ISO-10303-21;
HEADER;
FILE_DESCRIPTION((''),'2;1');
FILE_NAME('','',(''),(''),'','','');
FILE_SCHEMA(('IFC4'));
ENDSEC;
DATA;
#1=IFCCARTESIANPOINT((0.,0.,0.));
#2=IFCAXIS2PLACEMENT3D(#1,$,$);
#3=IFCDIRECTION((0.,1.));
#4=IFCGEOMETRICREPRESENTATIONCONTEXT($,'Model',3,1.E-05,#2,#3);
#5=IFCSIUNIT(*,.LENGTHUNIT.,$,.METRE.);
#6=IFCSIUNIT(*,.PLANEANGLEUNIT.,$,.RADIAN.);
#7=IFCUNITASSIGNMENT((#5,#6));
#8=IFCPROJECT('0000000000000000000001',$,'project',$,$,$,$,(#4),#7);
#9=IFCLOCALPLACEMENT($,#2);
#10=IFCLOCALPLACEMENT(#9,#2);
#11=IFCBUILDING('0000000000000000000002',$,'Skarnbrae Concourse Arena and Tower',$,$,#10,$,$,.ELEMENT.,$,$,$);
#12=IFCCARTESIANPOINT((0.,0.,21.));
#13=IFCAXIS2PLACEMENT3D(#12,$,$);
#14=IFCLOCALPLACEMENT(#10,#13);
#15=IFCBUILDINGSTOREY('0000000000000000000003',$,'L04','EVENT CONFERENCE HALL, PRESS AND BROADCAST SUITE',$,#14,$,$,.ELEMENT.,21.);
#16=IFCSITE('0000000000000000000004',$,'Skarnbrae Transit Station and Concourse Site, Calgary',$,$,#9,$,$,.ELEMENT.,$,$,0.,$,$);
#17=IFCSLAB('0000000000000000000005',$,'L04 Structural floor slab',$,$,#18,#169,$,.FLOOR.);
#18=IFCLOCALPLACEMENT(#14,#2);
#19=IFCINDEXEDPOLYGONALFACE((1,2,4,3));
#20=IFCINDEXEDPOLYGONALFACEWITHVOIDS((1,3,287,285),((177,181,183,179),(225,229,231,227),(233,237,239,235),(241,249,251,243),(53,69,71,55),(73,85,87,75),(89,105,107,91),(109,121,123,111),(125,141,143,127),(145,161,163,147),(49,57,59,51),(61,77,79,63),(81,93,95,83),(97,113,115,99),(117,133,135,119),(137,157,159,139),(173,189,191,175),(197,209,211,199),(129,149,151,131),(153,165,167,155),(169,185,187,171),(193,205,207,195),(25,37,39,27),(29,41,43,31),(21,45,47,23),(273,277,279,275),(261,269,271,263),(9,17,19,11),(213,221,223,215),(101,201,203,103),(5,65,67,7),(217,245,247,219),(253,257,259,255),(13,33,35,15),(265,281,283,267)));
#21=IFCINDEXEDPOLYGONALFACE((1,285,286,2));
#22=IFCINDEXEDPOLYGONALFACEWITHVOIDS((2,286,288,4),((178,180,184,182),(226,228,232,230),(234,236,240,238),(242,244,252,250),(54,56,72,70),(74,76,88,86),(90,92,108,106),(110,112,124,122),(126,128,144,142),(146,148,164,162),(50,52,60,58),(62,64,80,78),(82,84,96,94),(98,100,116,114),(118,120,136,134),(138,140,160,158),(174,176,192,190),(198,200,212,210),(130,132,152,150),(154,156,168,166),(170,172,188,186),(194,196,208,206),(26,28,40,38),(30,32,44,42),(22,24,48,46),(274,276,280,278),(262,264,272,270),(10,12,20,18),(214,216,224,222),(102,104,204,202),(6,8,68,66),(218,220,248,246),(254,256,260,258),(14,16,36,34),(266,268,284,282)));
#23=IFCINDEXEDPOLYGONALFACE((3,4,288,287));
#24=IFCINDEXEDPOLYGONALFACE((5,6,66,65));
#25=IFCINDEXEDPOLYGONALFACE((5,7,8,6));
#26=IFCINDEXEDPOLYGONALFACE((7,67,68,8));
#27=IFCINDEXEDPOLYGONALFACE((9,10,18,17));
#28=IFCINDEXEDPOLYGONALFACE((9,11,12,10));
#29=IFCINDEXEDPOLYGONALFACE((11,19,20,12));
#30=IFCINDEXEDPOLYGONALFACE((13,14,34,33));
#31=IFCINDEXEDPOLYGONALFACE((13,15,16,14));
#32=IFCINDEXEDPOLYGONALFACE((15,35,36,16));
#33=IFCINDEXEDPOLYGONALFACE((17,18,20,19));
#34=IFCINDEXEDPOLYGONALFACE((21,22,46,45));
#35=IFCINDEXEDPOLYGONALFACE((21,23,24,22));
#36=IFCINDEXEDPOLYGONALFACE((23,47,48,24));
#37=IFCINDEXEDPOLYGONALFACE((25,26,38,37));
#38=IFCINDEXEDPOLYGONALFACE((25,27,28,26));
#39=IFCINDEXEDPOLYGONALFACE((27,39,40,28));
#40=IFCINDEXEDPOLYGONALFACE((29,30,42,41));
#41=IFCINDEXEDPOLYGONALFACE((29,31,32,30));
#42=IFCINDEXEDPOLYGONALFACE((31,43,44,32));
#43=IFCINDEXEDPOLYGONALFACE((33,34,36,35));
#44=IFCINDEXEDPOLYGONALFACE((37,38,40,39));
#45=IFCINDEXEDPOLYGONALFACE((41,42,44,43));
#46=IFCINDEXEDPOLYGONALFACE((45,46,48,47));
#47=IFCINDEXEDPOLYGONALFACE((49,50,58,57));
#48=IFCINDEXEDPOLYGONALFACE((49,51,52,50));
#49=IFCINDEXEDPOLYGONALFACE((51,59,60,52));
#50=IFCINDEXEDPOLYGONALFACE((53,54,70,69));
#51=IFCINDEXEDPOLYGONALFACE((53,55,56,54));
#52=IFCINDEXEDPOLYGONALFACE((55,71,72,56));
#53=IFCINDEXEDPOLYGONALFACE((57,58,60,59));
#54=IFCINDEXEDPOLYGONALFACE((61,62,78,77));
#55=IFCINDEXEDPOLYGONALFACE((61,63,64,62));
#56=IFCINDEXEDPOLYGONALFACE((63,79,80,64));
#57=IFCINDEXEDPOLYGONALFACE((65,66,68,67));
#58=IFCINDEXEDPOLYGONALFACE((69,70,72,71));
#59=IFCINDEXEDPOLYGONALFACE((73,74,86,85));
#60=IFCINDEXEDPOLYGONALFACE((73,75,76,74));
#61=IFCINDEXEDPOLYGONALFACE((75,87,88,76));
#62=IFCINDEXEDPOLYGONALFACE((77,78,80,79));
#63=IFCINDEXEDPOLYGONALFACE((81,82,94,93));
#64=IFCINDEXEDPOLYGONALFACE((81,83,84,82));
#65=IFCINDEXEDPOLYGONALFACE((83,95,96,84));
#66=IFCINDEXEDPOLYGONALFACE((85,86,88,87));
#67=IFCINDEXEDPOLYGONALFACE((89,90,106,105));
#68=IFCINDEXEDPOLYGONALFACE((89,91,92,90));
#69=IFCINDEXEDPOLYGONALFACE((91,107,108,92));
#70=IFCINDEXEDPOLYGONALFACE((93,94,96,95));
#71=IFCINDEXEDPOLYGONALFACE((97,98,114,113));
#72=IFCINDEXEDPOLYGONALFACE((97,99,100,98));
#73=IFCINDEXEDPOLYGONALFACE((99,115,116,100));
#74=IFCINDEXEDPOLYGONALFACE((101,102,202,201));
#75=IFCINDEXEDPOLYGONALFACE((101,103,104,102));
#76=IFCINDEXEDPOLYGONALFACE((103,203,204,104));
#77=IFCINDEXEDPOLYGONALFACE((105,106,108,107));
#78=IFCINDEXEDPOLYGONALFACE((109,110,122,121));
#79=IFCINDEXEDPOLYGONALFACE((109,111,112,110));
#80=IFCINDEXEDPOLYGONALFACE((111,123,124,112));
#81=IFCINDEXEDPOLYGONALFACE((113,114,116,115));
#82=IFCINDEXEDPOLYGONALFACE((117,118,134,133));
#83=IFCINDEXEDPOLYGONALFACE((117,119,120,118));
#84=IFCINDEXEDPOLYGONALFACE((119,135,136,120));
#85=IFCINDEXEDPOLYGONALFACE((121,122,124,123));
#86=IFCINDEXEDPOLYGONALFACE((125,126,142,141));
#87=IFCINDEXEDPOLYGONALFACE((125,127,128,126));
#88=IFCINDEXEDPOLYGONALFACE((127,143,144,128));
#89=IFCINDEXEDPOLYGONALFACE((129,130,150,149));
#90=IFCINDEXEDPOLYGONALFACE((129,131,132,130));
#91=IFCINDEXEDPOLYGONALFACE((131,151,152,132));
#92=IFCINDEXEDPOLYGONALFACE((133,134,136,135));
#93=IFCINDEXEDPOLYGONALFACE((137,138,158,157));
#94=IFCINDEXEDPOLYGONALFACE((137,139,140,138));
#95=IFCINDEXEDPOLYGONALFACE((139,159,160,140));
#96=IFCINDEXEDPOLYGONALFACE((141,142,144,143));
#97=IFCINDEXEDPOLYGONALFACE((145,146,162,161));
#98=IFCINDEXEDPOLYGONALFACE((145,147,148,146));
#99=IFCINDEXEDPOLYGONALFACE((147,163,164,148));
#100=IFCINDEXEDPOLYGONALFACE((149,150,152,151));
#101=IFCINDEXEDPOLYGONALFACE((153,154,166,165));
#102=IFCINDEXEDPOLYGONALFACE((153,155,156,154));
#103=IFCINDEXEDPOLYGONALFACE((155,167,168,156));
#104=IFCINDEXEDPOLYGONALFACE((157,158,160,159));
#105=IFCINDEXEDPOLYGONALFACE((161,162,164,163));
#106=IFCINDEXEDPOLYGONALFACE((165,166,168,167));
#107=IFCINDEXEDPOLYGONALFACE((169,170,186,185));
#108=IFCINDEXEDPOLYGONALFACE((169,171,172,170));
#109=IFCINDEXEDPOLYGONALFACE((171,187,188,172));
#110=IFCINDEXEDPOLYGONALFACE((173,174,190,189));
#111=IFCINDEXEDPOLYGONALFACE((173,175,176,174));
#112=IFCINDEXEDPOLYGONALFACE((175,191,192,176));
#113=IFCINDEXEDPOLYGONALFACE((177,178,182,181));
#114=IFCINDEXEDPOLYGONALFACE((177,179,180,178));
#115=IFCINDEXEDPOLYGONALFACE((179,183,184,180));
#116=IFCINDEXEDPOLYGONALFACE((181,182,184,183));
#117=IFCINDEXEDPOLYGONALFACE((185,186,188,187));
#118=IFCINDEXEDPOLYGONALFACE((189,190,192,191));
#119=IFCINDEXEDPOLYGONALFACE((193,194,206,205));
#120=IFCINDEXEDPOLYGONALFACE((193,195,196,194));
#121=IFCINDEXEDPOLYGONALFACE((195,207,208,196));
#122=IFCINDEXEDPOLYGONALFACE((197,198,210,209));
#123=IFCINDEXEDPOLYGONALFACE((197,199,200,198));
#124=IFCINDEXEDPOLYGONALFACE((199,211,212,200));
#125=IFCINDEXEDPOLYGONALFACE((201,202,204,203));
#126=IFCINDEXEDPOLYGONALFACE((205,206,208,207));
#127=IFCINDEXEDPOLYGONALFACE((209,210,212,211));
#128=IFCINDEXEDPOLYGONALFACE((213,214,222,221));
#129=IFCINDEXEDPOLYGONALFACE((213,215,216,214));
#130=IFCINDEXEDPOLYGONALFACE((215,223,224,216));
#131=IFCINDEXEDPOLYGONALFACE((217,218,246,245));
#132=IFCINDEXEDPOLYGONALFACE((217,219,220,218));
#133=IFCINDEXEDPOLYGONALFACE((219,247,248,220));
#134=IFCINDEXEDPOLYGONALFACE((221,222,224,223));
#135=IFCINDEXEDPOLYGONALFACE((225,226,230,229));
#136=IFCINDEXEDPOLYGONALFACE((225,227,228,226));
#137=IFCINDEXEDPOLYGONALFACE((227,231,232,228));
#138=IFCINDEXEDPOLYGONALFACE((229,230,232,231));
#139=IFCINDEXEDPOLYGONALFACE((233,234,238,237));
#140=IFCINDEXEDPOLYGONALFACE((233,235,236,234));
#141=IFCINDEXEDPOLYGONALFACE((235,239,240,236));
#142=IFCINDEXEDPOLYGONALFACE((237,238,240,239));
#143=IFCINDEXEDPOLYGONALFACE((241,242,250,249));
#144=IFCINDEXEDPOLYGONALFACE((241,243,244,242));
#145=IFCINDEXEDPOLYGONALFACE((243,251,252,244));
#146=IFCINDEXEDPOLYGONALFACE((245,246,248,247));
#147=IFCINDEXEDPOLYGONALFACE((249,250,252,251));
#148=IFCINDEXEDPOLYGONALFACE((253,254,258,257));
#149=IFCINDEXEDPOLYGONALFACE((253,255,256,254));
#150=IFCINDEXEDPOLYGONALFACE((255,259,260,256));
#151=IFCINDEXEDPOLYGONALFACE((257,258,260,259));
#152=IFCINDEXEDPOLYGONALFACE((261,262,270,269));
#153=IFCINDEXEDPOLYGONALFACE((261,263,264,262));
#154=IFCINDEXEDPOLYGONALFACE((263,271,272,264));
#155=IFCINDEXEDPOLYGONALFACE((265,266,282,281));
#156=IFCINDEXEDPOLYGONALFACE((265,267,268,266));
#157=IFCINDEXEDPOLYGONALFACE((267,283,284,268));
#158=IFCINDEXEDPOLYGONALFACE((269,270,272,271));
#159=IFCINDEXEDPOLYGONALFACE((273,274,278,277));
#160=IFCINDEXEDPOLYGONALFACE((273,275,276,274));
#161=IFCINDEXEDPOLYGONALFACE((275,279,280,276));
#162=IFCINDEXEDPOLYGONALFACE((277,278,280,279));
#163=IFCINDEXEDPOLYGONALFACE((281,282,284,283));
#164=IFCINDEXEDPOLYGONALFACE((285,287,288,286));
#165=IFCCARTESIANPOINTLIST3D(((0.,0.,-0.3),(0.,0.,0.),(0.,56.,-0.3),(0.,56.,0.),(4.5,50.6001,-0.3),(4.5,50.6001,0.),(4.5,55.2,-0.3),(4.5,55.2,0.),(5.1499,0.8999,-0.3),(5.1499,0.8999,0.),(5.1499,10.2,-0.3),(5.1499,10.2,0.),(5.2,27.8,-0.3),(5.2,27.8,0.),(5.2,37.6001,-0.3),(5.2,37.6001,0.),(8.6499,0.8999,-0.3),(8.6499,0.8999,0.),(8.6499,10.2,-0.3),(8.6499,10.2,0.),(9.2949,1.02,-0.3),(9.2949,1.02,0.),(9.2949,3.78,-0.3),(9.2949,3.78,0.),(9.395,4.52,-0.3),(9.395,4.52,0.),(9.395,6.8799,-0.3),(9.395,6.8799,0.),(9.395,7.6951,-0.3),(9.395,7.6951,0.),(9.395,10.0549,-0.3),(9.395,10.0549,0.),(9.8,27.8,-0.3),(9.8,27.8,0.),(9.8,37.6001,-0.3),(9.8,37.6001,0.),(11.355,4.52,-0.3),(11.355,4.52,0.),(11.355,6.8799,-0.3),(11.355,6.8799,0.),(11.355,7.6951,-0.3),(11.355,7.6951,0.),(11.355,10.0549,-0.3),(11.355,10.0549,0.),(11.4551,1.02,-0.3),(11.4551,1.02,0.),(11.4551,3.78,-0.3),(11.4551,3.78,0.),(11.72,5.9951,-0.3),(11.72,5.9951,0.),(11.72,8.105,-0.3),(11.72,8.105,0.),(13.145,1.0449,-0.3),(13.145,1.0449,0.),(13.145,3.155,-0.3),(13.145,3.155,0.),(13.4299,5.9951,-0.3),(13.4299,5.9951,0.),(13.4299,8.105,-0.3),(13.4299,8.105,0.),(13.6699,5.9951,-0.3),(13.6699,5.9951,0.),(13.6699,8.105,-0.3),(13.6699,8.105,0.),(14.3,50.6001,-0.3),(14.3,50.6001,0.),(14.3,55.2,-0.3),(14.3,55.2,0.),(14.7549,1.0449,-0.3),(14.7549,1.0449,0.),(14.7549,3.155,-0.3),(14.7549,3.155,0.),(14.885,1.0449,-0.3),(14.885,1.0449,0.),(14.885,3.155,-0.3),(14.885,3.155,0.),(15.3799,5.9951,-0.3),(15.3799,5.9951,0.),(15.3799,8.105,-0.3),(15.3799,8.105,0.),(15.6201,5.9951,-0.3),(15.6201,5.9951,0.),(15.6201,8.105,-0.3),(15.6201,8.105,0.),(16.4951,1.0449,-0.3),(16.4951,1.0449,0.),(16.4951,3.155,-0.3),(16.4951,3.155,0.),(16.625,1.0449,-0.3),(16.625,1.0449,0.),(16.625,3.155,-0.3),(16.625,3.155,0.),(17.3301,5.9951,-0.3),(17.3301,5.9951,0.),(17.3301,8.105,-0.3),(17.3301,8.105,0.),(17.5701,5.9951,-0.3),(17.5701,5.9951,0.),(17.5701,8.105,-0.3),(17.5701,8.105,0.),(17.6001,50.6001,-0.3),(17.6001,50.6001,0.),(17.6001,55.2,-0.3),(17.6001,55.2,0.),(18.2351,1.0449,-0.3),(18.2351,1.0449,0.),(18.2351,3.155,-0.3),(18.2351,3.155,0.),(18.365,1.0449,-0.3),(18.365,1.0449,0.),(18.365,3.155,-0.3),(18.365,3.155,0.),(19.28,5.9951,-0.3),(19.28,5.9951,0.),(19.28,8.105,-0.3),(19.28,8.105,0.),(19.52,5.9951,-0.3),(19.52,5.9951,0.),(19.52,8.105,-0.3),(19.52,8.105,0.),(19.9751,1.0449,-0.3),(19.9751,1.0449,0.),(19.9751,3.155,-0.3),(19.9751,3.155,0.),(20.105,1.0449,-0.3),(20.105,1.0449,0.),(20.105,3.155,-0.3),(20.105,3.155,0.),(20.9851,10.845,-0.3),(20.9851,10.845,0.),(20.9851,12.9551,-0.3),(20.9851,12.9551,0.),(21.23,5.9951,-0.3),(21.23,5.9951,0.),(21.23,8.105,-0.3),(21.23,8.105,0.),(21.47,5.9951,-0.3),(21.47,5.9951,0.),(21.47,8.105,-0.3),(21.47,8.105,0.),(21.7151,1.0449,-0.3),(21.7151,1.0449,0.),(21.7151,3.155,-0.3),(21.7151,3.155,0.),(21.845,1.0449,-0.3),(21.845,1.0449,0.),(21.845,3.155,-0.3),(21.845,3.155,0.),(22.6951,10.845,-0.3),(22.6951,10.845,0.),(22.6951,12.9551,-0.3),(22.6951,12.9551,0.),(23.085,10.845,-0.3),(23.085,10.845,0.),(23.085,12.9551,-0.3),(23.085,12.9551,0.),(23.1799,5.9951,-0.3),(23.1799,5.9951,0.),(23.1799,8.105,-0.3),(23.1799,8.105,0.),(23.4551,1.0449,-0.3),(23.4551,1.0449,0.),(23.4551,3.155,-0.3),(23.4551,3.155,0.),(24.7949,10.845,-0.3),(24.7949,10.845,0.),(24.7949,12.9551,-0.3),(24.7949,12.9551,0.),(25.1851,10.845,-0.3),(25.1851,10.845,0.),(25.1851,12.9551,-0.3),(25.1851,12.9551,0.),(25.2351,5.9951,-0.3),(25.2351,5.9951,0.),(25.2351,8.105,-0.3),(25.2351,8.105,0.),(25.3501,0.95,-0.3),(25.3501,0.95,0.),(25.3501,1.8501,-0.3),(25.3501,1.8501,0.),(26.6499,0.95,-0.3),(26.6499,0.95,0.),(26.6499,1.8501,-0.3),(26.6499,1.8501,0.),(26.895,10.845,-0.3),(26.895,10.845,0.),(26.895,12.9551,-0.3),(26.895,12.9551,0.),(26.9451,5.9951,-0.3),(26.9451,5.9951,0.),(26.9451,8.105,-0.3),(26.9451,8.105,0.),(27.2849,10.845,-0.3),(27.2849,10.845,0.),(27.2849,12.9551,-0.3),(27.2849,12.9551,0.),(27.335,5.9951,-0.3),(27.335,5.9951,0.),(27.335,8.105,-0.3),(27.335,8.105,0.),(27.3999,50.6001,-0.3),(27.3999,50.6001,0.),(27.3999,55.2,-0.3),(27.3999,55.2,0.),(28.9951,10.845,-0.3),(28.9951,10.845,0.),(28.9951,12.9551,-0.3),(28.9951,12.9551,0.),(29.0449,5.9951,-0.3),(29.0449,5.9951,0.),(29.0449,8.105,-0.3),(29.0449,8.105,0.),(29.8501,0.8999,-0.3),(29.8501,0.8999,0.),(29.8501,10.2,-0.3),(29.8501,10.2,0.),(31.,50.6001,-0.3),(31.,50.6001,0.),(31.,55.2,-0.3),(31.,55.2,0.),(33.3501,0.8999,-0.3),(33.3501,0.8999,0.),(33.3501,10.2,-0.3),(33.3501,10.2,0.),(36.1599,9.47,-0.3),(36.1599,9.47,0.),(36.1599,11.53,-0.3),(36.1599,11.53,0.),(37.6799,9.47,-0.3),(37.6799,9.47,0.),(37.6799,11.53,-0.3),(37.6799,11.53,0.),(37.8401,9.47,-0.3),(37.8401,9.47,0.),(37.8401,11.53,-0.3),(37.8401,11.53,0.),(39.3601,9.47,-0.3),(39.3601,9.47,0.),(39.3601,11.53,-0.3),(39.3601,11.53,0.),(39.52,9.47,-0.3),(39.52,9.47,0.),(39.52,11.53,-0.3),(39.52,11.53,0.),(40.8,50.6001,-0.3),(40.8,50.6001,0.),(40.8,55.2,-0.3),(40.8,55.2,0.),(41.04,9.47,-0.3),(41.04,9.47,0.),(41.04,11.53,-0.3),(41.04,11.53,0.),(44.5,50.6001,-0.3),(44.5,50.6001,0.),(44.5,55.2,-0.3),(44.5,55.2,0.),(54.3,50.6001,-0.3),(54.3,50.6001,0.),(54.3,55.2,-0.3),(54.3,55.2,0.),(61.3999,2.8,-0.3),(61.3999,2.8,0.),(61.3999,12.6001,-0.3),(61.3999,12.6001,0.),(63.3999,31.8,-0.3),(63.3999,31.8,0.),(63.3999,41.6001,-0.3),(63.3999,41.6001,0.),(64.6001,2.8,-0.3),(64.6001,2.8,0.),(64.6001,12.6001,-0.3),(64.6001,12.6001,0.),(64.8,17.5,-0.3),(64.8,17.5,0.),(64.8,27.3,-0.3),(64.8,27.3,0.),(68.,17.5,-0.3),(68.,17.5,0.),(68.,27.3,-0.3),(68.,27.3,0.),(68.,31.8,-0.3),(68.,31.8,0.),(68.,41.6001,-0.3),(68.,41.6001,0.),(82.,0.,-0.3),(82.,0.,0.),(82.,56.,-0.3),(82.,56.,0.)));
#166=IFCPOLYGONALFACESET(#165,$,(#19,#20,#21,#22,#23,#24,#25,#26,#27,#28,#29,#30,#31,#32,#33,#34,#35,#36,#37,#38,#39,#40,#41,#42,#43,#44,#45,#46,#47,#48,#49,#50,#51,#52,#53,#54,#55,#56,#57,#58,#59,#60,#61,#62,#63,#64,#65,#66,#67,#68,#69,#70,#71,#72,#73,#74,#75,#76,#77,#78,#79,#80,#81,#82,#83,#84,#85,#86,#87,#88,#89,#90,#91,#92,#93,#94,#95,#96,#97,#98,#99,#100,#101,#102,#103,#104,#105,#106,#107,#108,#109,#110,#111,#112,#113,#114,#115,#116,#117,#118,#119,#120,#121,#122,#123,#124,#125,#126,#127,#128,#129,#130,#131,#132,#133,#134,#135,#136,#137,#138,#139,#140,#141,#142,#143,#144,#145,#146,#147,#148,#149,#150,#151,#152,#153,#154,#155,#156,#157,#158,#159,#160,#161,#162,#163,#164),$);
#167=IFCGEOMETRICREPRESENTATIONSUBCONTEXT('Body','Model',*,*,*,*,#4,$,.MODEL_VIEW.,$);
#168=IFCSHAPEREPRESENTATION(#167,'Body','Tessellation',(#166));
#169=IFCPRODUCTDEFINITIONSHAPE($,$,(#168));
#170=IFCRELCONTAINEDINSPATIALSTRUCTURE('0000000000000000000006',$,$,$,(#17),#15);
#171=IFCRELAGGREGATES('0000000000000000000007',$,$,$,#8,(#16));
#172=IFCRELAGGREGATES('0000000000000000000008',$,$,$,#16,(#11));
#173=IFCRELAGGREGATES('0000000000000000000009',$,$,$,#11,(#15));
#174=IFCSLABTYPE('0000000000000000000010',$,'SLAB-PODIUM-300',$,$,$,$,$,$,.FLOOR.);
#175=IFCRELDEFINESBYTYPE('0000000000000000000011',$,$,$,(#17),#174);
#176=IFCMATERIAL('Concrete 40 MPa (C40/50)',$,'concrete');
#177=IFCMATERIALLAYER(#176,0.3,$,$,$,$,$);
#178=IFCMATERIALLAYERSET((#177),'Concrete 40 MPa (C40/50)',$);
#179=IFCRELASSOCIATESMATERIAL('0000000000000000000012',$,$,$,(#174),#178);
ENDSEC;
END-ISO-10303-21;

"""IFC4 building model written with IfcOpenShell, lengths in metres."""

from ifc_helpers import new_model, si_unit, direction, frame, origin, place, context, subcontext, project, spatial, polyline, outline, extrude, material, layer, layer_set, type_object, element, save


model = new_model("IFC4")

# Units and contexts
model_context = context("Model", 3, precision=1e-05, world=origin(), true_north=direction((0.0, 1.0)))
body_context = subcontext(model_context, "Body", "Model", "MODEL_VIEW")
ifc_project = project(units=[si_unit("LENGTHUNIT", "METRE"), si_unit("PLANEANGLEUNIT", "RADIAN")], contexts=[model_context])

# Site, building, storey
site_placement = place(None, origin())
site = spatial("IfcSite", under=ifc_project, at=site_placement, Name="Skarnbrae Transit Station and Concourse Site, Calgary", CompositionType="ELEMENT", RefElevation=0.0)
building_placement = place(site_placement, origin())
building = spatial("IfcBuilding", under=site, at=building_placement, Name="Skarnbrae Concourse Arena and Tower", CompositionType="ELEMENT")
storey_placement = place(building_placement, frame((0.0, 0.0, 21.0)))
storey = spatial("IfcBuildingStorey", under=building, at=storey_placement, Name="L04", Description="EVENT CONFERENCE HALL, PRESS AND BROADCAST SUITE", CompositionType="ELEMENT", Elevation=21.0)

# Shared definitions
ifc_material_1 = material(Name="Concrete 40 MPa (C40/50)", Category="concrete")

# Slab
ifc_layer_1 = layer(ifc_material_1, 0.3)
ifc_layer_set_1 = layer_set([ifc_layer_1], Name="Concrete 40 MPa (C40/50)")
slab_type_1 = type_object("IfcSlabType", Name="SLAB-PODIUM-300", PredefinedType="FLOOR", material=ifc_layer_set_1)
slab_1_placement = place(storey_placement, frame((0.0, 0.0, -0.3)))
element("IfcSlab", 1, at=slab_1_placement, inside=storey, type_object=slab_type_1, Name="L04 Structural floor slab", PredefinedType="FLOOR", context=body_context, shape_type="SweptSolid", body=[
    extrude(outline(polyline([(0.0, 0.0), (82.0, 0.0), (82.0, 56.0), (0.0, 56.0), (0.0, 0.0)]), holes=[polyline([(21.7151, 3.155), (21.7151, 1.0449), (20.105, 1.0449), (20.105, 3.155), (21.7151, 3.155)]), polyline([(19.9751, 3.155), (19.9751, 1.0449), (18.365, 1.0449), (18.365, 3.155), (19.9751, 3.155)]), polyline([(14.7549, 3.155), (14.7549, 1.0449), (13.145, 1.0449), (13.145, 3.155), (14.7549, 3.155)]), polyline([(16.4951, 3.155), (16.4951, 1.0449), (14.885, 1.0449), (14.885, 3.155), (16.4951, 3.155)]), polyline([(18.2351, 3.155), (18.2351, 1.0449), (16.625, 1.0449), (16.625, 3.155), (18.2351, 3.155)]), polyline([(11.4551, 3.78), (11.4551, 1.02), (9.2949, 1.02), (9.2949, 3.78), (11.4551, 3.78)]), polyline([(8.6499, 0.8999), (5.1499, 0.8999), (5.1499, 10.2), (8.6499, 10.2), (8.6499, 0.8999)]), polyline([(11.355, 6.8799), (11.355, 4.52), (9.395, 4.52), (9.395, 6.8799), (11.355, 6.8799)]), polyline([(23.1799, 8.105), (23.1799, 5.9951), (21.47, 5.9951), (21.47, 8.105), (23.1799, 8.105)]), polyline([(21.23, 8.105), (21.23, 5.9951), (19.52, 5.9951), (19.52, 8.105), (21.23, 8.105)]), polyline([(19.28, 8.105), (19.28, 5.9951), (17.5701, 5.9951), (17.5701, 8.105), (19.28, 8.105)]), polyline([(17.3301, 8.105), (17.3301, 5.9951), (15.6201, 5.9951), (15.6201, 8.105), (17.3301, 8.105)]), polyline([(15.3799, 8.105), (15.3799, 5.9951), (13.6699, 5.9951), (13.6699, 8.105), (15.3799, 8.105)]), polyline([(13.4299, 8.105), (13.4299, 5.9951), (11.72, 5.9951), (11.72, 8.105), (13.4299, 8.105)]), polyline([(11.355, 10.0549), (11.355, 7.6951), (9.395, 7.6951), (9.395, 10.0549), (11.355, 10.0549)]), polyline([(22.6951, 10.845), (20.9851, 10.845), (20.9851, 12.9551), (22.6951, 12.9551), (22.6951, 10.845)]), polyline([(9.8, 37.6001), (9.8, 27.8), (5.2, 27.8), (5.2, 37.6001), (9.8, 37.6001)]), polyline([(14.3, 55.2), (14.3, 50.6001), (4.5, 50.6001), (4.5, 55.2), (14.3, 55.2)]), polyline([(26.6499, 1.8501), (26.6499, 0.95), (25.3501, 0.95), (25.3501, 1.8501), (26.6499, 1.8501)]), polyline([(23.4551, 3.155), (23.4551, 1.0449), (21.845, 1.0449), (21.845, 3.155), (23.4551, 3.155)]), polyline([(33.3501, 0.8999), (29.8501, 0.8999), (29.8501, 10.2), (33.3501, 10.2), (33.3501, 0.8999)]), polyline([(26.9451, 8.105), (26.9451, 5.9951), (25.2351, 5.9951), (25.2351, 8.105), (26.9451, 8.105)]), polyline([(29.0449, 8.105), (29.0449, 5.9951), (27.335, 5.9951), (27.335, 8.105), (29.0449, 8.105)]), polyline([(61.3999, 12.6001), (64.6001, 12.6001), (64.6001, 2.8), (61.3999, 2.8), (61.3999, 12.6001)]), polyline([(37.6799, 9.47), (36.1599, 9.47), (36.1599, 11.53), (37.6799, 11.53), (37.6799, 9.47)]), polyline([(39.3601, 9.47), (37.8401, 9.47), (37.8401, 11.53), (39.3601, 11.53), (39.3601, 9.47)]), polyline([(41.04, 11.53), (41.04, 9.47), (39.52, 9.47), (39.52, 11.53), (41.04, 11.53)]), polyline([(24.7949, 12.9551), (24.7949, 10.845), (23.085, 10.845), (23.085, 12.9551), (24.7949, 12.9551)]), polyline([(26.895, 12.9551), (26.895, 10.845), (25.1851, 10.845), (25.1851, 12.9551), (26.895, 12.9551)]), polyline([(28.9951, 12.9551), (28.9951, 10.845), (27.2849, 10.845), (27.2849, 12.9551), (28.9951, 12.9551)]), polyline([(64.8, 27.3), (68.0, 27.3), (68.0, 17.5), (64.8, 17.5), (64.8, 27.3)]), polyline([(63.3999, 41.6001), (68.0, 41.6001), (68.0, 31.8), (63.3999, 31.8), (63.3999, 41.6001)]), polyline([(27.3999, 55.2), (27.3999, 50.6001), (17.6001, 50.6001), (17.6001, 55.2), (27.3999, 55.2)]), polyline([(40.8, 50.6001), (31.0, 50.6001), (31.0, 55.2), (40.8, 55.2), (40.8, 50.6001)]), polyline([(54.3, 50.6001), (44.5, 50.6001), (44.5, 55.2), (54.3, 55.2), (54.3, 50.6001)])]), origin(), (0.0, 0.0, 1.0), 0.3),
])

save(model, "model.ifc")
